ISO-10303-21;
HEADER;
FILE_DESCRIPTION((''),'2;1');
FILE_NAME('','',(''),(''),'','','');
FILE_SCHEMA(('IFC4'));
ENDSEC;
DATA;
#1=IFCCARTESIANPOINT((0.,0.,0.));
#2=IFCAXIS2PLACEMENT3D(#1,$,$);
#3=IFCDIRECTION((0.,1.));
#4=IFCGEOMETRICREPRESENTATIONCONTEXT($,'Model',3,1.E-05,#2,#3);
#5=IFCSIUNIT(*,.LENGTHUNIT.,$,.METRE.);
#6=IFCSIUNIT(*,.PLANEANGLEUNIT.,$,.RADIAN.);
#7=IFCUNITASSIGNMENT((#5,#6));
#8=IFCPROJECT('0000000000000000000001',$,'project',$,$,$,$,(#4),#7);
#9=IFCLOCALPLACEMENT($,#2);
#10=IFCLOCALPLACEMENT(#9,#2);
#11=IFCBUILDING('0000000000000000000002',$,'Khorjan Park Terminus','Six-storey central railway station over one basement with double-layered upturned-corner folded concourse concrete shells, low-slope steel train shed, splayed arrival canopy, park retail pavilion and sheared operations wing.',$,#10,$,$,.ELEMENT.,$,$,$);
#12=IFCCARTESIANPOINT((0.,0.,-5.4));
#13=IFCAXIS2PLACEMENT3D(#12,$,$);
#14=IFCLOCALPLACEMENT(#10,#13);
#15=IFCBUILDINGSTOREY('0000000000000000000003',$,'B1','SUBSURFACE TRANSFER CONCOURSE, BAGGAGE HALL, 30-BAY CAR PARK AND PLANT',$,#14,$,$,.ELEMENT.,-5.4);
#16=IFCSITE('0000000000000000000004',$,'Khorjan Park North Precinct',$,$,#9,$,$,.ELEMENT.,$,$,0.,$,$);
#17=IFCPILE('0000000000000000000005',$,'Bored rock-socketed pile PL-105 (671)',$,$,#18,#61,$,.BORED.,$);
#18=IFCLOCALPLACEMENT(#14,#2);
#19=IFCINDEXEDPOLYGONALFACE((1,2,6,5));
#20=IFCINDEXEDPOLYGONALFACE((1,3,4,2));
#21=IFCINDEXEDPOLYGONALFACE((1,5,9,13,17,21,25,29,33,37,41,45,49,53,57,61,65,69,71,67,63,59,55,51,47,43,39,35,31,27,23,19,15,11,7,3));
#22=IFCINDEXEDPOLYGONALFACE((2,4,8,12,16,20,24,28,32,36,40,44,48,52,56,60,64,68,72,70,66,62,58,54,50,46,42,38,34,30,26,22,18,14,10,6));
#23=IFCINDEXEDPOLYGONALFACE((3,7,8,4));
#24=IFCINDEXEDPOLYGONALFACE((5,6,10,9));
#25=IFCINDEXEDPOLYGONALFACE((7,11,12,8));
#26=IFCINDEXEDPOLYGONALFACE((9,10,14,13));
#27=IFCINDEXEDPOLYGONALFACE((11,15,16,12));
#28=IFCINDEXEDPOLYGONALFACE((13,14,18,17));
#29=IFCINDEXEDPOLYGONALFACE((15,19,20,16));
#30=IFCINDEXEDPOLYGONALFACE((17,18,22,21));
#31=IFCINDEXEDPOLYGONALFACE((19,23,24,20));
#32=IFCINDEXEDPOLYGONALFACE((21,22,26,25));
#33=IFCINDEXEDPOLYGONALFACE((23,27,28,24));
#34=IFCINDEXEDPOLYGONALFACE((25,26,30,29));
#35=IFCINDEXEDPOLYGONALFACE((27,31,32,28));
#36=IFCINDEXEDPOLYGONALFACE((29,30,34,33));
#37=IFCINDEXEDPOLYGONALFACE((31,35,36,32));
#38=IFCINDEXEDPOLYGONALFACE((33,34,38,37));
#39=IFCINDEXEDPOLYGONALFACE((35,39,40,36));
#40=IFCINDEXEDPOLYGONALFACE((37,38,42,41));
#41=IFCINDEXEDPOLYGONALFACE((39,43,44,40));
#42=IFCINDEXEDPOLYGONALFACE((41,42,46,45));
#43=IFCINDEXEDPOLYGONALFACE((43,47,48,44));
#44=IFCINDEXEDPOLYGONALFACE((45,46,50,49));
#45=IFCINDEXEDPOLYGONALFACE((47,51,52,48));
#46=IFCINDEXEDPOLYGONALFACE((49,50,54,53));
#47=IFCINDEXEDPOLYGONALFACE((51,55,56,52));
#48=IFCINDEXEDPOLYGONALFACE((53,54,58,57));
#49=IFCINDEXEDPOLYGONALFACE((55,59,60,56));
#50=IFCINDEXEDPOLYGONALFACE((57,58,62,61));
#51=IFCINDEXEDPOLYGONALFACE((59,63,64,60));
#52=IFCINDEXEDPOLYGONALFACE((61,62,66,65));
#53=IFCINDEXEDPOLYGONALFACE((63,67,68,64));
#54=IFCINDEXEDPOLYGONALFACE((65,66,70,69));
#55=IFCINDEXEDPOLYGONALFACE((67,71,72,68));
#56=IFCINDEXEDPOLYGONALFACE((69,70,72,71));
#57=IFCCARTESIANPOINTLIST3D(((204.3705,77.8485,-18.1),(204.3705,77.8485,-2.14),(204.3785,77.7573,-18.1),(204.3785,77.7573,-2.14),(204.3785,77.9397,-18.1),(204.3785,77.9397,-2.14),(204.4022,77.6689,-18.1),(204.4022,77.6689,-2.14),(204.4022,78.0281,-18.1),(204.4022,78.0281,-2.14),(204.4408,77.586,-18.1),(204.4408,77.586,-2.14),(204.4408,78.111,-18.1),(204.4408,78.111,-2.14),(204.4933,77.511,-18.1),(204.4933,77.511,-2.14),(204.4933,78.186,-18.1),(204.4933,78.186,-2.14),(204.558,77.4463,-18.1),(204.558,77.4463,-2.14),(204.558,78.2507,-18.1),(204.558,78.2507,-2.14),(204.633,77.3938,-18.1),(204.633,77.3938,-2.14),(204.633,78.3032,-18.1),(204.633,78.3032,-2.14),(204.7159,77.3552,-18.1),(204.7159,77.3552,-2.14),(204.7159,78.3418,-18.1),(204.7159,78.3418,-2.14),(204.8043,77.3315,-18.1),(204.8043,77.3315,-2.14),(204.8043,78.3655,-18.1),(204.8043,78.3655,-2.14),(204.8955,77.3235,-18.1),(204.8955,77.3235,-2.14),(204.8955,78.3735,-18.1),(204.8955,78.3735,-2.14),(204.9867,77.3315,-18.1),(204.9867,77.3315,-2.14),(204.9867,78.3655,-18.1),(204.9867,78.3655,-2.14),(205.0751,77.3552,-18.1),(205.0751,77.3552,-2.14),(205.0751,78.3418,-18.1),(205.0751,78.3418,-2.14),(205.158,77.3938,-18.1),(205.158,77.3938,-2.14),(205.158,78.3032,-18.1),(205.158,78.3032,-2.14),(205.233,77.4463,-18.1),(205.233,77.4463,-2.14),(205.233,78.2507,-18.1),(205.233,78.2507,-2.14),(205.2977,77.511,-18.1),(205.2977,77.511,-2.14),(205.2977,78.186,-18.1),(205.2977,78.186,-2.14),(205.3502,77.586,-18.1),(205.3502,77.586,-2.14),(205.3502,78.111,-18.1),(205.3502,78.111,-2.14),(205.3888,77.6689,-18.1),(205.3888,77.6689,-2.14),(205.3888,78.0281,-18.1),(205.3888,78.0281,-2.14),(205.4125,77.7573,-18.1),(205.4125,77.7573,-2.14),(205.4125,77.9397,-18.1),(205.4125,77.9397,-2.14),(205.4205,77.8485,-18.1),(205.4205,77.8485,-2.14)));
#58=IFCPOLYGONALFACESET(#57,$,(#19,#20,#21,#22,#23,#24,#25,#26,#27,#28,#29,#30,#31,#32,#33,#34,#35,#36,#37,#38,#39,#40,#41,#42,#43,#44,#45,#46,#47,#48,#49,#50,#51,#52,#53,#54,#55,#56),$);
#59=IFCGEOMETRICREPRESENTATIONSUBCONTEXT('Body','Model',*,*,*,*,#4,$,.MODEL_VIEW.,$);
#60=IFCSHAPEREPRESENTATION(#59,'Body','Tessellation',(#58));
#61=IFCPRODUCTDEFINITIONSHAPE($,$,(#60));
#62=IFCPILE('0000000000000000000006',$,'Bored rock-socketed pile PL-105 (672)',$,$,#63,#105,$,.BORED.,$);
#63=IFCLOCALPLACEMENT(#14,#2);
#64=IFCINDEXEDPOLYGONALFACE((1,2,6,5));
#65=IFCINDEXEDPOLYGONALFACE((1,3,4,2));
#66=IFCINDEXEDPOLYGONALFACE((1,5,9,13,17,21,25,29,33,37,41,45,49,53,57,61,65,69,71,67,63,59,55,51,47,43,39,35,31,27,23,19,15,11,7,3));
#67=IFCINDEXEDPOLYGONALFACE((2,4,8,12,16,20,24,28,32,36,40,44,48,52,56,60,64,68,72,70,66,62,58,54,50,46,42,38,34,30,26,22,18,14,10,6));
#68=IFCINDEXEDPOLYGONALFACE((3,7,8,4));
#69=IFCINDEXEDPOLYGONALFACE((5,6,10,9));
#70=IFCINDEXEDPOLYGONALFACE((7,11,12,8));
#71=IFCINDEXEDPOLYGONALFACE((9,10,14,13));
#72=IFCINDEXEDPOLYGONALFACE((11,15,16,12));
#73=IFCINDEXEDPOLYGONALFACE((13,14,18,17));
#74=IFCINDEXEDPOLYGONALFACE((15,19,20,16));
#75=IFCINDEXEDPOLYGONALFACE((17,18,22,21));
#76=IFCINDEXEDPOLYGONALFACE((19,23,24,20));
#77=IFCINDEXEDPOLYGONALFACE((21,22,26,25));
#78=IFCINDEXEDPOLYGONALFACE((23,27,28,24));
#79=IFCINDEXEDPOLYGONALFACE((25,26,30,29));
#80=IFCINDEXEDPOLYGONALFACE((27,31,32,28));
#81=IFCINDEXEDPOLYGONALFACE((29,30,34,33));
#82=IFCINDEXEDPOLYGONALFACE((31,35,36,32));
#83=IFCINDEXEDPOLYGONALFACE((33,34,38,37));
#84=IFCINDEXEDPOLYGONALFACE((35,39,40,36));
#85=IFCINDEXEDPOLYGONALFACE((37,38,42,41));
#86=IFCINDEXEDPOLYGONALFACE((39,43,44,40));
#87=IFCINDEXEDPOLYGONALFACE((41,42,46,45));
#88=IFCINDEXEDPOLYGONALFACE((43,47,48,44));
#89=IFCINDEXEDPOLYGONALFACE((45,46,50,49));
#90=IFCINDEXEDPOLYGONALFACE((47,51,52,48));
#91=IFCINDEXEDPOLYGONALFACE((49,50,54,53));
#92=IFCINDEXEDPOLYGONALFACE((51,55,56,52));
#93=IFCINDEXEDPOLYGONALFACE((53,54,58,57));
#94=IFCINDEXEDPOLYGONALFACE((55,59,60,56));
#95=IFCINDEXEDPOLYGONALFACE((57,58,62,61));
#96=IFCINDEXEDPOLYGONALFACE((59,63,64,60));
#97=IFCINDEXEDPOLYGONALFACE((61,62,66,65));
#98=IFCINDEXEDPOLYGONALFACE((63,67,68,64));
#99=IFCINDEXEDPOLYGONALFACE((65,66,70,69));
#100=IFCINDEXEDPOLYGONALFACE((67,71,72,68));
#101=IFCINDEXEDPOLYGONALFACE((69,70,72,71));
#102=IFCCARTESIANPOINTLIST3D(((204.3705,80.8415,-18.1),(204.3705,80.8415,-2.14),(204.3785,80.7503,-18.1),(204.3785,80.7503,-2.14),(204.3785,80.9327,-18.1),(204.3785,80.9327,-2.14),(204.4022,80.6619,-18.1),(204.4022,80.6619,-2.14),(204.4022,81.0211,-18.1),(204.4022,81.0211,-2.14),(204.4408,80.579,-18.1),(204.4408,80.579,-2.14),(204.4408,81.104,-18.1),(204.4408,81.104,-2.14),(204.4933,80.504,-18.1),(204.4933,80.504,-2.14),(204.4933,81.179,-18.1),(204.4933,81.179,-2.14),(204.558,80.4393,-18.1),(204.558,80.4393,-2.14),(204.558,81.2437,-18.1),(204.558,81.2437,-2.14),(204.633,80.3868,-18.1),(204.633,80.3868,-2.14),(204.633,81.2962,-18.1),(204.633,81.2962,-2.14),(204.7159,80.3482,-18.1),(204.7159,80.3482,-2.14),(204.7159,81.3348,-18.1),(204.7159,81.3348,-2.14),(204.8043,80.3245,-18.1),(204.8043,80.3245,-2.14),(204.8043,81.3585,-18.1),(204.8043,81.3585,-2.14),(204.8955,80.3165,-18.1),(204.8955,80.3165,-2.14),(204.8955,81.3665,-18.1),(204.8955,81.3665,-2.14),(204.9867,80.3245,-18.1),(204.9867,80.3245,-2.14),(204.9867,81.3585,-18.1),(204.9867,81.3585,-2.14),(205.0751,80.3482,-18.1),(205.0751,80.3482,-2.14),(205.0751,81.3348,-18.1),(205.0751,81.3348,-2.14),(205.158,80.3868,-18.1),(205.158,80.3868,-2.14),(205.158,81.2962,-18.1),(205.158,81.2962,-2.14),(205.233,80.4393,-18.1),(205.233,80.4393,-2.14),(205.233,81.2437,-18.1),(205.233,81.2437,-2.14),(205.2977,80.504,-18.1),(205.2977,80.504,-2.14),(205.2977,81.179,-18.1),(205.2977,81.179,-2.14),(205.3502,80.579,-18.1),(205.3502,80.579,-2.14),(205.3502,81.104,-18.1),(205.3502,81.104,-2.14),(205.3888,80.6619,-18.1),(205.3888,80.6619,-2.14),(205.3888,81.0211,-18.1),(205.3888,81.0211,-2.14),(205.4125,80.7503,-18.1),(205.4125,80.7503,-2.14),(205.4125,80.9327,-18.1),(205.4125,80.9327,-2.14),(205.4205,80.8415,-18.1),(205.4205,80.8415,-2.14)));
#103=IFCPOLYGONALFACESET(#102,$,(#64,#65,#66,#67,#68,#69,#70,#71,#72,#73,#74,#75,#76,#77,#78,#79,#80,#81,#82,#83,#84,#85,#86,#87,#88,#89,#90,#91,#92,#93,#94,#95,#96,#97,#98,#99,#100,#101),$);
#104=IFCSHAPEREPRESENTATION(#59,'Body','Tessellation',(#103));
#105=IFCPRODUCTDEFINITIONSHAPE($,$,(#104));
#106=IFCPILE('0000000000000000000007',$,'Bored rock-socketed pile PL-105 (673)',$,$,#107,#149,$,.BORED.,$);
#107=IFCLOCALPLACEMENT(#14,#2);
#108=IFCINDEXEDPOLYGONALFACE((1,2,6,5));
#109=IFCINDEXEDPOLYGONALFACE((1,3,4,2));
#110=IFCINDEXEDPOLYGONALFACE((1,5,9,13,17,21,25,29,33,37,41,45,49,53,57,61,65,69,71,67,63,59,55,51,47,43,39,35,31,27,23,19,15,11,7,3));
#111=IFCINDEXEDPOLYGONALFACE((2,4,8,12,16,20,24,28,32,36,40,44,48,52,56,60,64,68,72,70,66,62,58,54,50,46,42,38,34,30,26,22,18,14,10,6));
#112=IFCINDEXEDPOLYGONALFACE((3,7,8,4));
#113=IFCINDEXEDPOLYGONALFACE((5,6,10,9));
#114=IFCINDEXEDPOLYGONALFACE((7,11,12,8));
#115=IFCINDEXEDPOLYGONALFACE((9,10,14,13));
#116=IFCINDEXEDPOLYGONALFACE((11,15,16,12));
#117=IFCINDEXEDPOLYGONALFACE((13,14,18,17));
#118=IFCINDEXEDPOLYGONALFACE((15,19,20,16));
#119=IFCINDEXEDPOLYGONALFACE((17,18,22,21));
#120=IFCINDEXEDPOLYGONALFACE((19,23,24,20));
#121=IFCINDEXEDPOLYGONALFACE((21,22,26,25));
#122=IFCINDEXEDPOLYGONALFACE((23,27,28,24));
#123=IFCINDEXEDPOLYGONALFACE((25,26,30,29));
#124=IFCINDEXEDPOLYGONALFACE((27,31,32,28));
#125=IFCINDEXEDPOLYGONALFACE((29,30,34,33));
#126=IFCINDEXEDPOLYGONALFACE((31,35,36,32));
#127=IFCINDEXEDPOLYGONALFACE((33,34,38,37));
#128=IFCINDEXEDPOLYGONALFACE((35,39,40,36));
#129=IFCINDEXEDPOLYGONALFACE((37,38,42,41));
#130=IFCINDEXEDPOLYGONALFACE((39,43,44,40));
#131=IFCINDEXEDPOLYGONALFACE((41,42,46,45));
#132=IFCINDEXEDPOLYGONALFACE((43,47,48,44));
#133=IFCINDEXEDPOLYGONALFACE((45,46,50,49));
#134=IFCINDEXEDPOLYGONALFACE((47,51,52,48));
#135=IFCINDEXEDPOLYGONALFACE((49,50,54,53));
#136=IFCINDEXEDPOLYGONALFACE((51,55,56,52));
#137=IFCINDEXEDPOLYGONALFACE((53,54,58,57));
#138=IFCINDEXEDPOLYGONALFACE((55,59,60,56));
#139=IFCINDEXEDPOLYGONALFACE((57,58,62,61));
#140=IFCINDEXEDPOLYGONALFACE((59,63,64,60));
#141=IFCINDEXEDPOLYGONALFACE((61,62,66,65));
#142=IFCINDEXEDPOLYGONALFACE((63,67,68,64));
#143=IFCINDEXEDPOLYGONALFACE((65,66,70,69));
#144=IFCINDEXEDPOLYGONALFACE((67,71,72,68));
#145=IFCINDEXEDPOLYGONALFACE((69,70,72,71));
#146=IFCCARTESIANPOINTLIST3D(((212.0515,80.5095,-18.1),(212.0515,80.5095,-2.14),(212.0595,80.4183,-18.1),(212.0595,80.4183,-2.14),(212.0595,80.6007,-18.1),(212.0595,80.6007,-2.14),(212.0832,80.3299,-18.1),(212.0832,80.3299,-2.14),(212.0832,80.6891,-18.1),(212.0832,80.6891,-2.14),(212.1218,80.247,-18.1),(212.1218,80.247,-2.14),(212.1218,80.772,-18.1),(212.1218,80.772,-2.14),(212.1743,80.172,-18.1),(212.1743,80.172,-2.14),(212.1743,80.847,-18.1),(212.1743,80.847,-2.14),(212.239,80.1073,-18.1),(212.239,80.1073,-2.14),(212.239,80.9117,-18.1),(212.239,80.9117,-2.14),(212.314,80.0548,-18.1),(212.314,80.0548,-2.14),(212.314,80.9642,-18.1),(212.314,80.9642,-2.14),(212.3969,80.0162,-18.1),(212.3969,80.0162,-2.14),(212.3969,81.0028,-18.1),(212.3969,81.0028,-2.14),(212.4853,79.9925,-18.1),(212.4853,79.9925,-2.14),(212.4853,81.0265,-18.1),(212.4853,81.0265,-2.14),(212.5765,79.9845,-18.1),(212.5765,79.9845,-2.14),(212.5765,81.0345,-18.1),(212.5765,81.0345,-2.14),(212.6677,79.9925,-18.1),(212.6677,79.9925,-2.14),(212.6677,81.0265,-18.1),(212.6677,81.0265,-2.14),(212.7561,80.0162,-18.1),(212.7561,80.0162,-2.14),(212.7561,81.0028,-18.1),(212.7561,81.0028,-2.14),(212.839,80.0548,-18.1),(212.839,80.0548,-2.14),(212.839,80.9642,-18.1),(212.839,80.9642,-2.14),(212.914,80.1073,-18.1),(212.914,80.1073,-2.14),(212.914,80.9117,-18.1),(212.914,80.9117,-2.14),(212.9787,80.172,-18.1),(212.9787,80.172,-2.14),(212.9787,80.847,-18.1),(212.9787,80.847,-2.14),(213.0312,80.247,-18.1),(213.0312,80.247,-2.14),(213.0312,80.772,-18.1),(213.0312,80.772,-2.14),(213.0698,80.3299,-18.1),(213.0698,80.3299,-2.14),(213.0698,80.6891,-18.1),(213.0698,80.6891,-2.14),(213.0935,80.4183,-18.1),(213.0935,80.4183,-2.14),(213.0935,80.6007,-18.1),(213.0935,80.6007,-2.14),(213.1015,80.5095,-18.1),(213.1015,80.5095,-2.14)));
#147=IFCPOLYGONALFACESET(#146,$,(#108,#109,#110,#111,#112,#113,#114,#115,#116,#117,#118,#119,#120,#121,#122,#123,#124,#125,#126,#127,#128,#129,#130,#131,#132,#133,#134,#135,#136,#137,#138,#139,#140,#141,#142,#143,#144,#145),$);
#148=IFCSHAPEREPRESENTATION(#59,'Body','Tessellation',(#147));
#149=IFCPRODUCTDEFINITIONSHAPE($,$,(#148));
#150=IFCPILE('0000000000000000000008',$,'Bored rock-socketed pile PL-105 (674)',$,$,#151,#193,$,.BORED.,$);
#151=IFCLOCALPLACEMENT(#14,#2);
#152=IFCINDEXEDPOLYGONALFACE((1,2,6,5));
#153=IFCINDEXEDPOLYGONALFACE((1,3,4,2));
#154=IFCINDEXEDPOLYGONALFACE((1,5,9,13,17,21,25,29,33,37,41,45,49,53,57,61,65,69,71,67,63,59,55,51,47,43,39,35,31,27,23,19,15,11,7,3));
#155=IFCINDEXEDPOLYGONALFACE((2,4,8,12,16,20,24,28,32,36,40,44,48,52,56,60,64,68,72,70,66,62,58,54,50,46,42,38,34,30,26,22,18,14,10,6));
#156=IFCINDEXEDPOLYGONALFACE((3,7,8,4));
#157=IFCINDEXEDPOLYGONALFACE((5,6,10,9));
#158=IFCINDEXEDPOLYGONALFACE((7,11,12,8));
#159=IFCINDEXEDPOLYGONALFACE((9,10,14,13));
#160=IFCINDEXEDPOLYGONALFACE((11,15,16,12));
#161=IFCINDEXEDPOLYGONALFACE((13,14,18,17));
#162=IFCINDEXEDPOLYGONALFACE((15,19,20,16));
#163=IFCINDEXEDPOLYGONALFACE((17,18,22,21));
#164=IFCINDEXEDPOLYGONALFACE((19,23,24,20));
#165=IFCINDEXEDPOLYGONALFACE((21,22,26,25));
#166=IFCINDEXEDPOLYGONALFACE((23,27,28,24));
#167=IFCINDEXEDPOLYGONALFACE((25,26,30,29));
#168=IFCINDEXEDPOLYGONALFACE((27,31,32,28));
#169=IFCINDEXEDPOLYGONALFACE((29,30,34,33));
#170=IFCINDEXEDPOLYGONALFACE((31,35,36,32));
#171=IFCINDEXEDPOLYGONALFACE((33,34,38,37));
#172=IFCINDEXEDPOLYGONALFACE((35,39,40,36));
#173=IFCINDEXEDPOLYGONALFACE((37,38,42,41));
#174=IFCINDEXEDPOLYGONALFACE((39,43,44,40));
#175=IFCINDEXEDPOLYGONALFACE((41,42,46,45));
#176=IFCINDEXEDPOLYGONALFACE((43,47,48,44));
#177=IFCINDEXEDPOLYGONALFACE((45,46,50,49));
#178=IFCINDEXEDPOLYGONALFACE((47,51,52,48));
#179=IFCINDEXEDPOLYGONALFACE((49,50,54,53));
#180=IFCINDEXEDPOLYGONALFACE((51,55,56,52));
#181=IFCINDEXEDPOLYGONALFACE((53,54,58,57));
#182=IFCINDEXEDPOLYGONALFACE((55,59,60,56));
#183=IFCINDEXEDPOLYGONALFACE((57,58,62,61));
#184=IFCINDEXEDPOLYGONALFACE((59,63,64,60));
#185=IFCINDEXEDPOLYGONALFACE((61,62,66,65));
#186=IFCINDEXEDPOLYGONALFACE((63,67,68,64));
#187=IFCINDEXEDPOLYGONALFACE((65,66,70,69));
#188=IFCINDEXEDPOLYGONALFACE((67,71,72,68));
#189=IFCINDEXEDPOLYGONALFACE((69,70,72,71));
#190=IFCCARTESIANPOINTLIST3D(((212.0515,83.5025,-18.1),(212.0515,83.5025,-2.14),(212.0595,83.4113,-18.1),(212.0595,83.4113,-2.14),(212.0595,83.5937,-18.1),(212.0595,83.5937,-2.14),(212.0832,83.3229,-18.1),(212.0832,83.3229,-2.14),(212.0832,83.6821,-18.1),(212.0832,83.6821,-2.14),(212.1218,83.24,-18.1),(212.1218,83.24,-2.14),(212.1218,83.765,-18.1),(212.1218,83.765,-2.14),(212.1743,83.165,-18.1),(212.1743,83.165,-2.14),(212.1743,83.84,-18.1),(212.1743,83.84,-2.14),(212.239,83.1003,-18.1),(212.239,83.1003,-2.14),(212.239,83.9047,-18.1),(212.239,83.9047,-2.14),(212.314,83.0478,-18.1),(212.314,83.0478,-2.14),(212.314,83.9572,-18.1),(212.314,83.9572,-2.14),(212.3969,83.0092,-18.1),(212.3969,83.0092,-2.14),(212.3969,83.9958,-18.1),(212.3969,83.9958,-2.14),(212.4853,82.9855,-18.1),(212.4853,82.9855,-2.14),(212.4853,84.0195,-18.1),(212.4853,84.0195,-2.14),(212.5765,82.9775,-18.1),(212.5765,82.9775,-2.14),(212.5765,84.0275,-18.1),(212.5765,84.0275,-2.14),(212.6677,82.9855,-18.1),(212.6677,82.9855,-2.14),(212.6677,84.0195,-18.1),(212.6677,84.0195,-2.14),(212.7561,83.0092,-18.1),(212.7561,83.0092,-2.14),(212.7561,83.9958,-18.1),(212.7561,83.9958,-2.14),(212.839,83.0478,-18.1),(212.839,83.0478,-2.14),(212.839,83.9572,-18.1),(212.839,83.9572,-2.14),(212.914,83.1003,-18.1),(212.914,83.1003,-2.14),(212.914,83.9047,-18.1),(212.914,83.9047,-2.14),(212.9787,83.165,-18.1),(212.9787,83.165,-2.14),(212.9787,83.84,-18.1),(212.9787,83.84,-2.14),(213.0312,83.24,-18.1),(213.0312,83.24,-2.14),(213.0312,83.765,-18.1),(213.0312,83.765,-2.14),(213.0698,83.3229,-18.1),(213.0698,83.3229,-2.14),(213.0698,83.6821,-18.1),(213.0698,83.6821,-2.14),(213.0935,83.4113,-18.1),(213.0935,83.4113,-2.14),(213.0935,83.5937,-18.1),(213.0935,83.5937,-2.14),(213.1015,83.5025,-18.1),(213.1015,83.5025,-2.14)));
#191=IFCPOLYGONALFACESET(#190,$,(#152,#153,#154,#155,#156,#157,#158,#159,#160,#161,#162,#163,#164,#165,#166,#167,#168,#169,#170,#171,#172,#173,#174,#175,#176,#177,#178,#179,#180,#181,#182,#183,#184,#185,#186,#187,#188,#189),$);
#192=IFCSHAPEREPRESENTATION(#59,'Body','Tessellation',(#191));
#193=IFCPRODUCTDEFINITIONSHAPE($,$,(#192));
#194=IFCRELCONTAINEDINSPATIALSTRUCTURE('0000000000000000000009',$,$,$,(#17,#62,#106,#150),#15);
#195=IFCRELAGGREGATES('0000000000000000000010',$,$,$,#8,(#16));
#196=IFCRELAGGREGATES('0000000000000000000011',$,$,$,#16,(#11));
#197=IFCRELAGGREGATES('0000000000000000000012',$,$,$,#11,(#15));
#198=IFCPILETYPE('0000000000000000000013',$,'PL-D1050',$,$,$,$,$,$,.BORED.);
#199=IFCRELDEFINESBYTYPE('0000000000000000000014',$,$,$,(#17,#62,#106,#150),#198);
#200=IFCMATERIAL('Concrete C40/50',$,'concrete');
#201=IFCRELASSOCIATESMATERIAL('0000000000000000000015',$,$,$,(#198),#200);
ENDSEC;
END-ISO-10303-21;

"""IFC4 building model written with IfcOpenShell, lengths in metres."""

from ifc_helpers import new_model, si_unit, direction, frame, origin, origin_2d, place, context, subcontext, project, spatial, circle, extrude, material, material_profile, profile_set, type_object, element, save


model = new_model("IFC4")

# Units and contexts
model_context = context("Model", 3, precision=1e-05, world=origin(), true_north=direction((0.0, 1.0)))
body_context = subcontext(model_context, "Body", "Model", "MODEL_VIEW")
ifc_project = project(units=[si_unit("LENGTHUNIT", "METRE"), si_unit("PLANEANGLEUNIT", "RADIAN")], contexts=[model_context])

# Site, building, storey
site_placement = place(None, origin())
site = spatial("IfcSite", under=ifc_project, at=site_placement, Name="Khorjan Park North Precinct", CompositionType="ELEMENT", RefElevation=0.0)
building_placement = place(site_placement, origin())
building = spatial("IfcBuilding", under=site, at=building_placement, Name="Khorjan Park Terminus", Description="Six-storey central railway station over one basement with double-layered upturned-corner folded concourse concrete shells, low-slope steel train shed, splayed arrival canopy, park retail pavilion and sheared operations wing.", CompositionType="ELEMENT")
storey_placement = place(building_placement, frame((0.0, 0.0, -5.4)))
storey = spatial("IfcBuildingStorey", under=building, at=storey_placement, Name="B1", Description="SUBSURFACE TRANSFER CONCOURSE, BAGGAGE HALL, 30-BAY CAR PARK AND PLANT", CompositionType="ELEMENT", Elevation=-5.4)

# Piles
ifc_material_1 = material(Name="Concrete C40/50", Category="concrete")
ifc_material_profile_1 = material_profile(ifc_material_1, circle(Radius=0.525, at=origin_2d()), Name="BORED D1050")
ifc_profile_set_1 = profile_set([ifc_material_profile_1], Name="Concrete C40/50")
pile_type_1 = type_object("IfcPileType", Name="PL-D1050", PredefinedType="BORED", material=ifc_profile_set_1)
for number, where, z_axis, x_axis, name in (
    (1, (204.8955, 77.8485, -2.14), (0.0, 0.0, -1.0), (1.0, 0.0, 0.0), "Bored rock-socketed pile PL-105 (671)"),
    (2, (204.8955, 80.8415, -2.14), (0.0, 0.0, -1.0), (1.0, 0.0, 0.0), "Bored rock-socketed pile PL-105 (672)"),
    (3, (212.5765, 80.5095, -2.14), (0.0, 0.0, -1.0), (1.0, 0.0, 0.0), "Bored rock-socketed pile PL-105 (673)"),
    (4, (212.5765, 83.5025, -2.14), (0.0, 0.0, -1.0), (1.0, 0.0, 0.0), "Bored rock-socketed pile PL-105 (674)"),
):
    element("IfcPile", number, at=place(storey_placement, frame(where, z_axis=z_axis, x_axis=x_axis)), inside=storey, type_object=pile_type_1, Name=name, PredefinedType="BORED", context=body_context, shape_type="SweptSolid", body=[
        extrude(circle(Radius=0.525, at=origin_2d()), origin(), (0.0, 0.0, 1.0), 15.96),
    ])

save(model, "model.ifc")
